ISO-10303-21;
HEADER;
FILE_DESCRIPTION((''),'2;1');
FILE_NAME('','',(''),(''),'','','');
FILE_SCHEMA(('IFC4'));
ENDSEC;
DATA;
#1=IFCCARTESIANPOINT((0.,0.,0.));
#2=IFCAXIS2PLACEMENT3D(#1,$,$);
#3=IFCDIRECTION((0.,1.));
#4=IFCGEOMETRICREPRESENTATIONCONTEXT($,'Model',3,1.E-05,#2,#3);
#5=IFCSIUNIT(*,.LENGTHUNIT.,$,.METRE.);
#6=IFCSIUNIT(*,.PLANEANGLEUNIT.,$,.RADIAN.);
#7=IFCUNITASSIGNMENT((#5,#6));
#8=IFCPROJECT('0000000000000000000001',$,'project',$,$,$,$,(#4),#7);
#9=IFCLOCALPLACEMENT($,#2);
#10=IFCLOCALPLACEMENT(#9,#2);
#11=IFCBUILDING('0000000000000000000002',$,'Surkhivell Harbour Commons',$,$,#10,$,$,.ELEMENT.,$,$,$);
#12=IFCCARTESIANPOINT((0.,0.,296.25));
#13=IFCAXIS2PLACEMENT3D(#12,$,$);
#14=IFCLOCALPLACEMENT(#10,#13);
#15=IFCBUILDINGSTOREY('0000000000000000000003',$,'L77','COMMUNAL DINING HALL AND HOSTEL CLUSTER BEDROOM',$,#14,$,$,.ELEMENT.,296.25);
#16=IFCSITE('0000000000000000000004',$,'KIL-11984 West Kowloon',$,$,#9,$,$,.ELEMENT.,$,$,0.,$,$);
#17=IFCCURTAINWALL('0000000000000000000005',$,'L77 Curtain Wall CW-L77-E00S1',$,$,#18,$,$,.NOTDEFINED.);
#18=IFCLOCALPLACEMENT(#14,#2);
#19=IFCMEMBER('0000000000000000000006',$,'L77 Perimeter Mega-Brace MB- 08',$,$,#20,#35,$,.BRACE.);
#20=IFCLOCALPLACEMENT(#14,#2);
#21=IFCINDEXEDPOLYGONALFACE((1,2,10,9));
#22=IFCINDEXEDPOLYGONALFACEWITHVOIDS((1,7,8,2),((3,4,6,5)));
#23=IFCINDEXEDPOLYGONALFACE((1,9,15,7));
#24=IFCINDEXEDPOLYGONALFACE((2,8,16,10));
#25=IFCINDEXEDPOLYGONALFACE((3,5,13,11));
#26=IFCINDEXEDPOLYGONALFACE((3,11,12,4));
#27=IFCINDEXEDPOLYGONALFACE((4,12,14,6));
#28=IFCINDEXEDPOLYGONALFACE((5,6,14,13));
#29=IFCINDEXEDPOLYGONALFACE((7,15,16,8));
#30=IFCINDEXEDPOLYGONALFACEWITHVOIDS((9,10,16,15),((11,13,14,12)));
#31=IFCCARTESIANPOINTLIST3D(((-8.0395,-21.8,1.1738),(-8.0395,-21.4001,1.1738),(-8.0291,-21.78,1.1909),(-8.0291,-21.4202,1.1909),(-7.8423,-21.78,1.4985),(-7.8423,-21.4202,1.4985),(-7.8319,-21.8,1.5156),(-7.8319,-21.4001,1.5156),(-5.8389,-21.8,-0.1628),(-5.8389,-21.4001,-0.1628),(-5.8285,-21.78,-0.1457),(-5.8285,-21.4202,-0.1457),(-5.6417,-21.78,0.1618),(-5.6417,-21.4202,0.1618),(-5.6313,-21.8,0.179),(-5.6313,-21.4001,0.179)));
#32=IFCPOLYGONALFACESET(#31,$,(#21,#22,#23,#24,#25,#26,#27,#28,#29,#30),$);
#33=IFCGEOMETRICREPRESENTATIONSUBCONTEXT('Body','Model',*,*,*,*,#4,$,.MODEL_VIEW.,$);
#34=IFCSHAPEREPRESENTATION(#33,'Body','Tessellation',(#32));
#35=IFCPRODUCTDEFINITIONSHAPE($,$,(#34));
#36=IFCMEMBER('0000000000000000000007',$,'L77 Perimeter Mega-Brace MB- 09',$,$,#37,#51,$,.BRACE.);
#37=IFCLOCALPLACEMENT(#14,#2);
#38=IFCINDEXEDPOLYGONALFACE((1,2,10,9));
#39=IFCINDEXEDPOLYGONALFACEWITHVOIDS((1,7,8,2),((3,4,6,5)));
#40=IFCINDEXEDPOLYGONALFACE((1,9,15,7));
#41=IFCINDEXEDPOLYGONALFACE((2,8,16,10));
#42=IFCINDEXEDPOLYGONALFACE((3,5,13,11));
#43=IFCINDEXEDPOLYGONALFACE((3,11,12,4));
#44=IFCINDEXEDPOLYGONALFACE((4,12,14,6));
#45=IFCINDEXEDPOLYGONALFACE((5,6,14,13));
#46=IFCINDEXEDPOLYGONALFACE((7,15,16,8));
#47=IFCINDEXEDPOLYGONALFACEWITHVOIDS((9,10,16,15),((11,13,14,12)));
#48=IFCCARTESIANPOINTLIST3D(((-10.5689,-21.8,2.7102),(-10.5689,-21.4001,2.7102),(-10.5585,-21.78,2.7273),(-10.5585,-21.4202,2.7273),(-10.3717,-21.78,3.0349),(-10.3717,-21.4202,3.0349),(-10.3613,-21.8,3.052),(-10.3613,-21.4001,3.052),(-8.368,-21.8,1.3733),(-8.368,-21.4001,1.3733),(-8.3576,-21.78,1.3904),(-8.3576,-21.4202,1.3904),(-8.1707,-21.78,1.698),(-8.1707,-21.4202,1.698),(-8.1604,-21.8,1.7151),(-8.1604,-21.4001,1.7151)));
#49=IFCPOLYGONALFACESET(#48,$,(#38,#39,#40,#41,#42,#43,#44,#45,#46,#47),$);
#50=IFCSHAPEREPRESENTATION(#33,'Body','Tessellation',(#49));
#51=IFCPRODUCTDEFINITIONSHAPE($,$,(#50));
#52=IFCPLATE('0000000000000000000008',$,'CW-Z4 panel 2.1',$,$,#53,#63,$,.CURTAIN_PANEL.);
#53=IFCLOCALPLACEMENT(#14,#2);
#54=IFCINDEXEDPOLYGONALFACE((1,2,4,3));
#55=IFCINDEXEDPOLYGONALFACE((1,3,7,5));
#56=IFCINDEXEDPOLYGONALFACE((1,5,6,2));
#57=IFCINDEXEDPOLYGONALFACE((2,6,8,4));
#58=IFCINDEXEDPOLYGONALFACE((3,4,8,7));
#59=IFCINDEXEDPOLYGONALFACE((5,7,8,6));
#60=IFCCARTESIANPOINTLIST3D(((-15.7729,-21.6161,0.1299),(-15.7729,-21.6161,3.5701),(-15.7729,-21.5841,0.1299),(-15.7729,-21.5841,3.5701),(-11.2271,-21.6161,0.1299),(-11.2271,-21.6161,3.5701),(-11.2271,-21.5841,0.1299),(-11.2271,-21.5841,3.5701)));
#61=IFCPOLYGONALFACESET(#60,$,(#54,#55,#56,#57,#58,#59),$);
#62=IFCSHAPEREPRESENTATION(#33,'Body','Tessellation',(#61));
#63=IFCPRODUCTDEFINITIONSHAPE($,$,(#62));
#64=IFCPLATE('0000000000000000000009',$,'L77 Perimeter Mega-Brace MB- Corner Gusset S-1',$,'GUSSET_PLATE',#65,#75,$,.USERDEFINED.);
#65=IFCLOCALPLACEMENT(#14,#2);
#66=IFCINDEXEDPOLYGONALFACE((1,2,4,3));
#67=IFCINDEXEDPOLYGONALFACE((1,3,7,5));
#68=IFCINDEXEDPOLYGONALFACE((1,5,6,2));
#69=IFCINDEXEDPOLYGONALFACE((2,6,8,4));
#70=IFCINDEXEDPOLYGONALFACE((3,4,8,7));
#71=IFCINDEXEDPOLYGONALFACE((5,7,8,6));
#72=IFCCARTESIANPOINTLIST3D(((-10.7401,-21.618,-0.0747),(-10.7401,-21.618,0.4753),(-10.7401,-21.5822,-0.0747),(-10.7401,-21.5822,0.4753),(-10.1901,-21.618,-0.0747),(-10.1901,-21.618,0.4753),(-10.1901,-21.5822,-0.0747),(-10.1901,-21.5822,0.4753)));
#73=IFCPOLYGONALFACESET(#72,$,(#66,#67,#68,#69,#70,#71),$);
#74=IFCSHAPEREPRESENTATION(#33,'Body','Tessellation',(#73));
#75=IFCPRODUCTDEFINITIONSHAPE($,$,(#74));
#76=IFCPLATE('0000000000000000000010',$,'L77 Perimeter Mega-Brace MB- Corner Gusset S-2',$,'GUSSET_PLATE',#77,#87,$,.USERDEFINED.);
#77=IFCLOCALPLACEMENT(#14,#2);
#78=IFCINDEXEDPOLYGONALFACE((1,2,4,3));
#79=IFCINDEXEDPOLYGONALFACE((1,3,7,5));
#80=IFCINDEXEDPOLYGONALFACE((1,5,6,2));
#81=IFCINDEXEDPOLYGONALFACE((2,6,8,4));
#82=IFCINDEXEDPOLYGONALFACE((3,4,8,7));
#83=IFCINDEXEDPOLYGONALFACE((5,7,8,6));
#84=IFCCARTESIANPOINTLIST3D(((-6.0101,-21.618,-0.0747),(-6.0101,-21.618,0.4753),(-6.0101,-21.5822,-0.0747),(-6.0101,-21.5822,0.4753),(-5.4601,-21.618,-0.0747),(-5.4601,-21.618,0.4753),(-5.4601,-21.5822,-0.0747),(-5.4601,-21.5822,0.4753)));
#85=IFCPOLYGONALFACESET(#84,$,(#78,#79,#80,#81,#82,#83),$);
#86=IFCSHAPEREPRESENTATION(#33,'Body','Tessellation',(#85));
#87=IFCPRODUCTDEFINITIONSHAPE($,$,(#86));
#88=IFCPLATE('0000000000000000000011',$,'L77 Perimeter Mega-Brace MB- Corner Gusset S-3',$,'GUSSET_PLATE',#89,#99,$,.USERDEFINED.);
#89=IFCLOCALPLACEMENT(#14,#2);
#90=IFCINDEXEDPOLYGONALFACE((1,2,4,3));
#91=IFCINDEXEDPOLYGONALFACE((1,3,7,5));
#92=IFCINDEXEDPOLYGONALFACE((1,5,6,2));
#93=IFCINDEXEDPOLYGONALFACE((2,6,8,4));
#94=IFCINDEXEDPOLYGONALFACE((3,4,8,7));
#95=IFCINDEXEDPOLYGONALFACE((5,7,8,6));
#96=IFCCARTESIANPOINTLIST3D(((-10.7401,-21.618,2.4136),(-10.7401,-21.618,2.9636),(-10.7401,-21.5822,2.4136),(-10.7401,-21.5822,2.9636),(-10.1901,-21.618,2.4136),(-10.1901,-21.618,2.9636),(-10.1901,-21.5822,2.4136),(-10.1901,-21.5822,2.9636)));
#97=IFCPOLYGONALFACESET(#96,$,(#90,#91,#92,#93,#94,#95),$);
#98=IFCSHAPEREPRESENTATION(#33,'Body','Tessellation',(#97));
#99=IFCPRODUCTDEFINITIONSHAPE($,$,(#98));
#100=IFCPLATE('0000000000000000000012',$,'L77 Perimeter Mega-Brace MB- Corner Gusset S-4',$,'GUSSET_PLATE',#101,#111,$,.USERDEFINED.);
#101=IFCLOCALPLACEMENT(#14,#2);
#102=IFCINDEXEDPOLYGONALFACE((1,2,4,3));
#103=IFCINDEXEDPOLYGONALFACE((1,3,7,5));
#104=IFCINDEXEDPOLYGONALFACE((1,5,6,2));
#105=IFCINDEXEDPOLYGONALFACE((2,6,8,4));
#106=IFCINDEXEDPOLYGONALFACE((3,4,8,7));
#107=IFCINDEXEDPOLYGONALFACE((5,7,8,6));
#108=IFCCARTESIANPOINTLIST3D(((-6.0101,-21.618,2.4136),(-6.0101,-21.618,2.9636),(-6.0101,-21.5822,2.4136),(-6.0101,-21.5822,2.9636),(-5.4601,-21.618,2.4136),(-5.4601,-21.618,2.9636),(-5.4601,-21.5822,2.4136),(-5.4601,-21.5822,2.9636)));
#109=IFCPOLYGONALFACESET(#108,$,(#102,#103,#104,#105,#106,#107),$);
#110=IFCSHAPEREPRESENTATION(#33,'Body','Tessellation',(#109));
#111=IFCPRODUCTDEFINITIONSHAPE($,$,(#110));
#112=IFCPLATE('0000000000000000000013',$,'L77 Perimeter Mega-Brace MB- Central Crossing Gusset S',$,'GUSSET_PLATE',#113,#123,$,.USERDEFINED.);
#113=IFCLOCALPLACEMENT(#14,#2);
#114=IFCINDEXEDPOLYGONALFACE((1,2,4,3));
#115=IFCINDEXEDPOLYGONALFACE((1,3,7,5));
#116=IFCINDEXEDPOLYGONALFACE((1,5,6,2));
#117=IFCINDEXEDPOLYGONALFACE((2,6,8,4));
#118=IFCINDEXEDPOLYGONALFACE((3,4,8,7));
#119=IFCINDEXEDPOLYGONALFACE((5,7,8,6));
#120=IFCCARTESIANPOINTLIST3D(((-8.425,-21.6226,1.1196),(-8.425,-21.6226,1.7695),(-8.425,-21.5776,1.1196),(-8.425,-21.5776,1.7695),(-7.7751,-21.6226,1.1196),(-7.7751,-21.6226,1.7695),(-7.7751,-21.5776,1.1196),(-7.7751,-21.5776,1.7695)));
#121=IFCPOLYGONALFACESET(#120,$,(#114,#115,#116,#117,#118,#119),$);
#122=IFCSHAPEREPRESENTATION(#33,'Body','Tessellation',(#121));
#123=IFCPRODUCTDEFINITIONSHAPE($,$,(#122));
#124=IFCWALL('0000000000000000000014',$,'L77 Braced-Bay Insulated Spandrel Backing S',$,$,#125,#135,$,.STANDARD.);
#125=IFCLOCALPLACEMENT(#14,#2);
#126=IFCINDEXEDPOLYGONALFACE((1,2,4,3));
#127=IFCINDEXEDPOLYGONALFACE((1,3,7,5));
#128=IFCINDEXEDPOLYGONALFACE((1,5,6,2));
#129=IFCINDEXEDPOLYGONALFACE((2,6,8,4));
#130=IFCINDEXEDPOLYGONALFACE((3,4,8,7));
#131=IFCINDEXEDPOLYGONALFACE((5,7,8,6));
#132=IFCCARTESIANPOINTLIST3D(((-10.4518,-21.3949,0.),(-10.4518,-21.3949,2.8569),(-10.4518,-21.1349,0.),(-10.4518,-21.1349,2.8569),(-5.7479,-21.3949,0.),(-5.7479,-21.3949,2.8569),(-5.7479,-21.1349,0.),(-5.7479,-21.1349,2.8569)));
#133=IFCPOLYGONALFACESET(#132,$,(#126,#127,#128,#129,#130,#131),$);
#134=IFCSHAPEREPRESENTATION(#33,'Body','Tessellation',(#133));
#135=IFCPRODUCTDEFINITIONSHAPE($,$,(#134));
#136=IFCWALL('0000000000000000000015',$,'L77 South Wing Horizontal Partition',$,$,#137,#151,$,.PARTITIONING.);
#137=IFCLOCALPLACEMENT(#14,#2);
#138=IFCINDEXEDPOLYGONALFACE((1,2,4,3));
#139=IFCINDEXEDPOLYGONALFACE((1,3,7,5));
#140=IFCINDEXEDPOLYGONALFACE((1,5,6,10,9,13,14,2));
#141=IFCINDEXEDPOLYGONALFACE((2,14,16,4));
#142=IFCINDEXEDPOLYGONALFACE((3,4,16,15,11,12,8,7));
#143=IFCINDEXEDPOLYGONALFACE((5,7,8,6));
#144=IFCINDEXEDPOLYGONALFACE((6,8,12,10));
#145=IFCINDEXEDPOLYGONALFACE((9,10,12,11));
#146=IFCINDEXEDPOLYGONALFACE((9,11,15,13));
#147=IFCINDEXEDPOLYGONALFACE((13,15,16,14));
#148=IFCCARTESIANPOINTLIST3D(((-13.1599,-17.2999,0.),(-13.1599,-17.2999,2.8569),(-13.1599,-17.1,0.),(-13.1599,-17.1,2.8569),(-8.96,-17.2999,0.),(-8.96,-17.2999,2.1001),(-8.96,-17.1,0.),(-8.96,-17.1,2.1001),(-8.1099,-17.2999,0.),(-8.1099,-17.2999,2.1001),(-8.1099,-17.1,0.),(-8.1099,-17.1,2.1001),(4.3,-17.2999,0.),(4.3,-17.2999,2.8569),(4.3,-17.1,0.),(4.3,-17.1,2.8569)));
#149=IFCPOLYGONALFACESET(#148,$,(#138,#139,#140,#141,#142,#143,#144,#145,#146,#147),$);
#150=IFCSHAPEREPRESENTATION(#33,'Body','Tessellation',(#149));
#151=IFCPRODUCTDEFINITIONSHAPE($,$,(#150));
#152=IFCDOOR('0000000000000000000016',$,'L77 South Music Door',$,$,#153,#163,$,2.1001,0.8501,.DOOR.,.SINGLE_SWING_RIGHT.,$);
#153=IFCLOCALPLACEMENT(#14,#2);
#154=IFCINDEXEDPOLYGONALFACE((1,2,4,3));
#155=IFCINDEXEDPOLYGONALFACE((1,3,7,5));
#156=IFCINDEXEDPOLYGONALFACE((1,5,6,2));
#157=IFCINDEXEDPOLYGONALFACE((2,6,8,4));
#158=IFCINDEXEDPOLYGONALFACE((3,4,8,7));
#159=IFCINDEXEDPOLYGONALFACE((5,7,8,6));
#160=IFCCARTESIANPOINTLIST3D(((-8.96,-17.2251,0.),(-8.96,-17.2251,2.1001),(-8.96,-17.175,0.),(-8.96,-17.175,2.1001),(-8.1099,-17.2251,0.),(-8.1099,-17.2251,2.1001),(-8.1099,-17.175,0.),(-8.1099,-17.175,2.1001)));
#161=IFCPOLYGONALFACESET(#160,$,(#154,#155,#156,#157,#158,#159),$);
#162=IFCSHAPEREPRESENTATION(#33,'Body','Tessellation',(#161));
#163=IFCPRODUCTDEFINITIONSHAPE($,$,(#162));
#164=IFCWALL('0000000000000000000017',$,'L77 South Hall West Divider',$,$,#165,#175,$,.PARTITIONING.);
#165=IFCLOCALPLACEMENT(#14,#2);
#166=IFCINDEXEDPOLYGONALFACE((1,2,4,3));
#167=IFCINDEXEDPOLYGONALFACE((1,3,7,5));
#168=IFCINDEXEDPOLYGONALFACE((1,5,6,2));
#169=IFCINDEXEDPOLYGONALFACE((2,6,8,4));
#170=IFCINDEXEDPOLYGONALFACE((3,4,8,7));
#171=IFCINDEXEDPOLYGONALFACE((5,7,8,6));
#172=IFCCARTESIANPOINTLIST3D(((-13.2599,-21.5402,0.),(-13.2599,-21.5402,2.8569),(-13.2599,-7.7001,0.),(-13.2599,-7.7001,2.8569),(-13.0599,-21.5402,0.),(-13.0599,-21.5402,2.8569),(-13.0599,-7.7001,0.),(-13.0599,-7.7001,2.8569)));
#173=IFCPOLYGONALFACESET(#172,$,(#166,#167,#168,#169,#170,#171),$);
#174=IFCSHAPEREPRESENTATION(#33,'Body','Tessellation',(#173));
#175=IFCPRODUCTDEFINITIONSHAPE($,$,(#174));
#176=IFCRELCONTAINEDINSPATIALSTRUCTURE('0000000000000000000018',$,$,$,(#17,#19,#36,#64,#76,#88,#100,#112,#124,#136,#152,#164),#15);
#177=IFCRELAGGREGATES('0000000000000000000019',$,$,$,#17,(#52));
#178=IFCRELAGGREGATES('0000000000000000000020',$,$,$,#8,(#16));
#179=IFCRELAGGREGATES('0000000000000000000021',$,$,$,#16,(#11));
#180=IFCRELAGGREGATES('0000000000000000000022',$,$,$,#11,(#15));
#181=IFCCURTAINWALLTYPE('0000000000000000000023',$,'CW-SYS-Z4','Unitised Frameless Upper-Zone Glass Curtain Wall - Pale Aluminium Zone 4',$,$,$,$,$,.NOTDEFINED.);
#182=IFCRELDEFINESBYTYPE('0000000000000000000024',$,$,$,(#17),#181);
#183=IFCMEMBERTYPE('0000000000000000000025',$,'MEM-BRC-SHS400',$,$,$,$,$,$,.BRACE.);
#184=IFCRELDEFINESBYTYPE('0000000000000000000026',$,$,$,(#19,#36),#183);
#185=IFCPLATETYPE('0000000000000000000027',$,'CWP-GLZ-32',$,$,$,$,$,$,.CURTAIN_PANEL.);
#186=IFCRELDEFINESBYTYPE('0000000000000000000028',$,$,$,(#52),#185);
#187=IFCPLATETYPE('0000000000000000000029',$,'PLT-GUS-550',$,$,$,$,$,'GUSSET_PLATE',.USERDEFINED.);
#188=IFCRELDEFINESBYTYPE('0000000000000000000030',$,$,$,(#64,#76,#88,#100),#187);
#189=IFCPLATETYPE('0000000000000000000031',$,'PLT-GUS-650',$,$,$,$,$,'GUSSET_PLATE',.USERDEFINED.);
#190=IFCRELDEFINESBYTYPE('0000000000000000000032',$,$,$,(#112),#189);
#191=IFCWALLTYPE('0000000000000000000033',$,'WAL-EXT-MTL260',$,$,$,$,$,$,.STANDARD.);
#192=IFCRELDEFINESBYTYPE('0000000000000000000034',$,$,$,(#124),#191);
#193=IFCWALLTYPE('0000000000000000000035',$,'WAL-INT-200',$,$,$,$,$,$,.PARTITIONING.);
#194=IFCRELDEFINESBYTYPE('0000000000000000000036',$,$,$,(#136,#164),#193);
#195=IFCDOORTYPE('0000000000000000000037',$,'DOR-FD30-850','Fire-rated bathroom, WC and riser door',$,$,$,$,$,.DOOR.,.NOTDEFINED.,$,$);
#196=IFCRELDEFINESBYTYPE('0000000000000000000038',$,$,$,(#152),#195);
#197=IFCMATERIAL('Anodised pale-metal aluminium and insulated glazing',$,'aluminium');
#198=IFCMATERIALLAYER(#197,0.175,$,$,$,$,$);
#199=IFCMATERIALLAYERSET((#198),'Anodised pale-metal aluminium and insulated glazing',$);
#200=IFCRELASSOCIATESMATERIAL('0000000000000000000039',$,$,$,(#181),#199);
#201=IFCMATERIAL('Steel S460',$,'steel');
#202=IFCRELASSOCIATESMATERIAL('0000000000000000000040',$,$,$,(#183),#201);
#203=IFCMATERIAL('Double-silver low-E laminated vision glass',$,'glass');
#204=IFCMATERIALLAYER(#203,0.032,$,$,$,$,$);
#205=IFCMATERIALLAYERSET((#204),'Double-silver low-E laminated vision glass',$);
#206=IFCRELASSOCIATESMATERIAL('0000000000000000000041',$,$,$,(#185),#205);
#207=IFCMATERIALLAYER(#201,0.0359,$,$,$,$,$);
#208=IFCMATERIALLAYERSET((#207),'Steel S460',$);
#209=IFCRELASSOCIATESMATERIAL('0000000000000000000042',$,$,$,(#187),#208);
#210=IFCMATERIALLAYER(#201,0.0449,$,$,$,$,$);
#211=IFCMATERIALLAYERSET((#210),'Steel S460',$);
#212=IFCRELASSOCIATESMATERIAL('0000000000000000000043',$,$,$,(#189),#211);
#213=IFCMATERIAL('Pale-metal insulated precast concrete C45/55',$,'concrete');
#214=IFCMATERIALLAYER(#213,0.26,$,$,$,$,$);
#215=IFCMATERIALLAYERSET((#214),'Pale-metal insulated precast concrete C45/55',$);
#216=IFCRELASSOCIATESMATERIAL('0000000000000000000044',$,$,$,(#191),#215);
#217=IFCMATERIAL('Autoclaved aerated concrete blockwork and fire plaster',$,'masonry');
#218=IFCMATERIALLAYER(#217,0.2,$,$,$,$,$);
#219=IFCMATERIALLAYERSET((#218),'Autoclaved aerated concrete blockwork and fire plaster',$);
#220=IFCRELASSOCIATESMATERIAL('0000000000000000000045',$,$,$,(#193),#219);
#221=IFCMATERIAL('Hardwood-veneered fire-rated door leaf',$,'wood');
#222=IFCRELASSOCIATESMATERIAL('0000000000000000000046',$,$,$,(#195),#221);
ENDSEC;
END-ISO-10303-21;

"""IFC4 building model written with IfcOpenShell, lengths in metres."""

from ifc_helpers import new_model, si_unit, direction, frame, frame_2d, origin, origin_2d, place, context, subcontext, project, spatial, rectangle, hollow_rectangle, extrude, material, layer, layer_set, material_profile, profile_set, type_object, element, fill, aggregate, save


model = new_model("IFC4")

# Units and contexts
model_context = context("Model", 3, precision=1e-05, world=origin(), true_north=direction((0.0, 1.0)))
body_context = subcontext(model_context, "Body", "Model", "MODEL_VIEW")
ifc_project = project(units=[si_unit("LENGTHUNIT", "METRE"), si_unit("PLANEANGLEUNIT", "RADIAN")], contexts=[model_context])

# Site, building, storey
site_placement = place(None, origin())
site = spatial("IfcSite", under=ifc_project, at=site_placement, Name="KIL-11984 West Kowloon", CompositionType="ELEMENT", RefElevation=0.0)
building_placement = place(site_placement, origin())
building = spatial("IfcBuilding", under=site, at=building_placement, Name="Surkhivell Harbour Commons", CompositionType="ELEMENT")
storey_placement = place(building_placement, frame((0.0, 0.0, 296.25)))
storey = spatial("IfcBuildingStorey", under=building, at=storey_placement, Name="L77", Description="COMMUNAL DINING HALL AND HOSTEL CLUSTER BEDROOM", CompositionType="ELEMENT", Elevation=296.25)

# Curtain wall
ifc_material_1 = material(Name="Anodised pale-metal aluminium and insulated glazing", Category="aluminium")
ifc_layer_1 = layer(ifc_material_1, 0.175)
ifc_layer_set_1 = layer_set([ifc_layer_1], Name="Anodised pale-metal aluminium and insulated glazing")
curtain_wall_type = type_object("IfcCurtainWallType", Name="CW-SYS-Z4", Description="Unitised Frameless Upper-Zone Glass Curtain Wall - Pale Aluminium Zone 4", PredefinedType="NOTDEFINED", material=ifc_layer_set_1)
curtain_wall_placement = place(storey_placement, origin())
curtain_wall = element("IfcCurtainWall", 1, at=curtain_wall_placement, inside=storey, type_object=curtain_wall_type, Name="L77 Curtain Wall CW-L77-E00S1", PredefinedType="NOTDEFINED")

# Members
ifc_material_2 = material(Name="Steel S460", Category="steel")
ifc_material_profile_1 = material_profile(ifc_material_2, hollow_rectangle(XDim=0.3999, YDim=0.3999, WallThickness=0.02, at=origin_2d()), Name="SHS400x400x20")
ifc_profile_set_1 = profile_set([ifc_material_profile_1], Name="Steel S460")
member_type_1 = type_object("IfcMemberType", Name="MEM-BRC-SHS400", PredefinedType="BRACE", material=ifc_profile_set_1)
member_1_placement = place(storey_placement, frame((-5.7351, -21.6001, 0.0081), z_axis=(-0.854694, 0.0, 0.519132), x_axis=(0.0, -1.0, 0.0)))
element("IfcMember", 2, at=member_1_placement, inside=storey, type_object=member_type_1, Name="L77 Perimeter Mega-Brace MB- 08", PredefinedType="BRACE", context=body_context, shape_type="SweptSolid", body=[
    extrude(hollow_rectangle(XDim=0.3999, YDim=0.3999, WallThickness=0.02, at=origin_2d()), origin(), (0.0, 0.0, 1.0), 2.5747),
])
member_2_placement = place(storey_placement, frame((-8.2642, -21.6001, 1.5442), z_axis=(-0.854678, 0.0, 0.519159), x_axis=(0.0, -1.0, 0.0)))
element("IfcMember", 3, at=member_2_placement, inside=storey, type_object=member_type_1, Name="L77 Perimeter Mega-Brace MB- 09", PredefinedType="BRACE", context=body_context, shape_type="SweptSolid", body=[
    extrude(hollow_rectangle(XDim=0.3999, YDim=0.3999, WallThickness=0.02, at=origin_2d()), origin(), (0.0, 0.0, 1.0), 2.5752),
])

# Plate
ifc_material_3 = material(Name="Double-silver low-E laminated vision glass", Category="glass")
ifc_layer_2 = layer(ifc_material_3, 0.032)
ifc_layer_set_2 = layer_set([ifc_layer_2], Name="Double-silver low-E laminated vision glass")
plate_type_1 = type_object("IfcPlateType", Name="CWP-GLZ-32", PredefinedType="CURTAIN_PANEL", material=ifc_layer_set_2)
plate_1_placement = place(storey_placement, frame((-15.7729, -21.6001, 0.1299), z_axis=(0.0, 0.0, 1.0), x_axis=(1.0, 0.0, 0.0)))
plate_1 = element("IfcPlate", 4, at=plate_1_placement, type_object=plate_type_1, Name="CW-Z4 panel 2.1", PredefinedType="CURTAIN_PANEL", context=body_context, shape_type="SweptSolid", body=[
    extrude(rectangle(XDim=4.5459, YDim=0.032, at=frame_2d((2.2729, 0.0))), origin(), (0.0, 0.0, 1.0), 3.4402),
])
aggregate(curtain_wall, [plate_1])

# Plates
ifc_layer_3 = layer(ifc_material_2, 0.0359)
ifc_layer_set_3 = layer_set([ifc_layer_3], Name="Steel S460")
plate_type_2 = type_object("IfcPlateType", Name="PLT-GUS-550", ElementType="GUSSET_PLATE", PredefinedType="USERDEFINED", material=ifc_layer_set_3)
for number, where, z_axis, x_axis, name in (
    (5, (-10.4651, -21.6001, -0.0747), (0.0, 0.0, 1.0), (1.0, 0.0, 0.0), "L77 Perimeter Mega-Brace MB- Corner Gusset S-1"),
    (6, (-5.7351, -21.6001, -0.0747), (0.0, 0.0, 1.0), (1.0, 0.0, 0.0), "L77 Perimeter Mega-Brace MB- Corner Gusset S-2"),
    (7, (-10.4651, -21.6001, 2.4136), (0.0, 0.0, 1.0), (1.0, 0.0, 0.0), "L77 Perimeter Mega-Brace MB- Corner Gusset S-3"),
    (8, (-5.7351, -21.6001, 2.4136), (0.0, 0.0, 1.0), (1.0, 0.0, 0.0), "L77 Perimeter Mega-Brace MB- Corner Gusset S-4"),
):
    element("IfcPlate", number, at=place(storey_placement, frame(where, z_axis=z_axis, x_axis=x_axis)), inside=storey, type_object=plate_type_2, Name=name, ObjectType="GUSSET_PLATE", PredefinedType="USERDEFINED", context=body_context, shape_type="SweptSolid", body=[
        extrude(rectangle(XDim=0.55, YDim=0.0359, at=origin_2d()), origin(), (0.0, 0.0, 1.0), 0.55),
    ])
ifc_layer_4 = layer(ifc_material_2, 0.0449)
ifc_layer_set_4 = layer_set([ifc_layer_4], Name="Steel S460")
plate_type_3 = type_object("IfcPlateType", Name="PLT-GUS-650", ElementType="GUSSET_PLATE", PredefinedType="USERDEFINED", material=ifc_layer_set_4)
plate_2_placement = place(storey_placement, frame((-8.1001, -21.6001, 1.1196), z_axis=(0.0, 0.0, 1.0), x_axis=(1.0, 0.0, 0.0)))
element("IfcPlate", 9, at=plate_2_placement, inside=storey, type_object=plate_type_3, Name="L77 Perimeter Mega-Brace MB- Central Crossing Gusset S", ObjectType="GUSSET_PLATE", PredefinedType="USERDEFINED", context=body_context, shape_type="SweptSolid", body=[
    extrude(rectangle(XDim=0.6499, YDim=0.0449, at=origin_2d()), origin(), (0.0, 0.0, 1.0), 0.6499),
])

# Wall
ifc_material_4 = material(Name="Pale-metal insulated precast concrete C45/55", Category="concrete")
ifc_layer_5 = layer(ifc_material_4, 0.26)
ifc_layer_set_5 = layer_set([ifc_layer_5], Name="Pale-metal insulated precast concrete C45/55")
wall_type_1 = type_object("IfcWallType", Name="WAL-EXT-MTL260", PredefinedType="STANDARD", material=ifc_layer_set_5)
wall_1_placement = place(storey_placement, frame((-10.4519, -21.2649, 0.0), z_axis=(0.0, 0.0, 1.0), x_axis=(1.0, 0.0, 0.0)))
element("IfcWall", 10, at=wall_1_placement, inside=storey, type_object=wall_type_1, Name="L77 Braced-Bay Insulated Spandrel Backing S", PredefinedType="STANDARD", context=body_context, shape_type="SweptSolid", body=[
    extrude(rectangle(XDim=4.7039, YDim=0.26, at=frame_2d((2.3521, 0.0))), origin(), (0.0, 0.0, 1.0), 2.8569),
])

# Wall, opening, door
ifc_material_5 = material(Name="Autoclaved aerated concrete blockwork and fire plaster", Category="masonry")
ifc_layer_6 = layer(ifc_material_5, 0.2)
ifc_layer_set_6 = layer_set([ifc_layer_6], Name="Autoclaved aerated concrete blockwork and fire plaster")
wall_type_2 = type_object("IfcWallType", Name="WAL-INT-200", PredefinedType="PARTITIONING", material=ifc_layer_set_6)
wall_2_placement = place(storey_placement, frame((-13.1599, -17.2, 0.0), z_axis=(0.0, 0.0, 1.0), x_axis=(1.0, 0.0, 0.0)))
wall_2 = element("IfcWall", 11, at=wall_2_placement, inside=storey, type_object=wall_type_2, Name="L77 South Wing Horizontal Partition", PredefinedType="PARTITIONING", context=body_context, shape_type="SweptSolid", body=[
    extrude(rectangle(XDim=17.46, YDim=0.2, at=frame_2d((8.73, 0.0))), origin(), (0.0, 0.0, 1.0), 2.8569),
])
opening_placement = place(wall_2_placement, frame((4.2, 0.0, 0.0)))
opening = element("IfcOpeningElement", 12, at=opening_placement, cuts=wall_2, PredefinedType="OPENING", context=body_context, shape_type="SweptSolid", body=[
    extrude(rectangle(XDim=0.8501, YDim=2.1001, at=frame_2d((0.425, 1.05))), frame((0.0, 0.1099, 0.0), z_axis=(0.0, -1.0, 0.0), x_axis=(1.0, 0.0, 0.0)), (0.0, 0.0, 1.0), 0.22),
])
ifc_material_6 = material(Name="Hardwood-veneered fire-rated door leaf", Category="wood")
door_type = type_object("IfcDoorType", Name="DOR-FD30-850", Description="Fire-rated bathroom, WC and riser door", OperationType="NOTDEFINED", PredefinedType="DOOR", material=ifc_material_6)
door_placement = place(opening_placement, origin())
door = element("IfcDoor", 13, at=door_placement, inside=storey, type_object=door_type, Name="L77 South Music Door", OperationType="SINGLE_SWING_RIGHT", OverallHeight=2.1001, OverallWidth=0.8501, PredefinedType="DOOR", context=body_context, shape_type="SweptSolid", body=[
    extrude(rectangle(XDim=0.8501, YDim=2.1001, at=frame_2d((0.425, 1.05))), frame((0.0, 0.0249, 0.0), z_axis=(0.0, -1.0, 0.0), x_axis=(1.0, 0.0, 0.0)), (0.0, 0.0, 1.0), 0.05),
])
fill(opening, door)

# Wall
wall_3_placement = place(storey_placement, frame((-13.1599, -21.54, 0.0), z_axis=(0.0, 0.0, 1.0), x_axis=(0.0, 1.0, 0.0)))
element("IfcWall", 14, at=wall_3_placement, inside=storey, type_object=wall_type_2, Name="L77 South Hall West Divider", PredefinedType="PARTITIONING", context=body_context, shape_type="SweptSolid", body=[
    extrude(rectangle(XDim=13.8401, YDim=0.2, at=frame_2d((6.9199, 0.0))), origin(), (0.0, 0.0, 1.0), 2.8569),
])

save(model, "model.ifc")
